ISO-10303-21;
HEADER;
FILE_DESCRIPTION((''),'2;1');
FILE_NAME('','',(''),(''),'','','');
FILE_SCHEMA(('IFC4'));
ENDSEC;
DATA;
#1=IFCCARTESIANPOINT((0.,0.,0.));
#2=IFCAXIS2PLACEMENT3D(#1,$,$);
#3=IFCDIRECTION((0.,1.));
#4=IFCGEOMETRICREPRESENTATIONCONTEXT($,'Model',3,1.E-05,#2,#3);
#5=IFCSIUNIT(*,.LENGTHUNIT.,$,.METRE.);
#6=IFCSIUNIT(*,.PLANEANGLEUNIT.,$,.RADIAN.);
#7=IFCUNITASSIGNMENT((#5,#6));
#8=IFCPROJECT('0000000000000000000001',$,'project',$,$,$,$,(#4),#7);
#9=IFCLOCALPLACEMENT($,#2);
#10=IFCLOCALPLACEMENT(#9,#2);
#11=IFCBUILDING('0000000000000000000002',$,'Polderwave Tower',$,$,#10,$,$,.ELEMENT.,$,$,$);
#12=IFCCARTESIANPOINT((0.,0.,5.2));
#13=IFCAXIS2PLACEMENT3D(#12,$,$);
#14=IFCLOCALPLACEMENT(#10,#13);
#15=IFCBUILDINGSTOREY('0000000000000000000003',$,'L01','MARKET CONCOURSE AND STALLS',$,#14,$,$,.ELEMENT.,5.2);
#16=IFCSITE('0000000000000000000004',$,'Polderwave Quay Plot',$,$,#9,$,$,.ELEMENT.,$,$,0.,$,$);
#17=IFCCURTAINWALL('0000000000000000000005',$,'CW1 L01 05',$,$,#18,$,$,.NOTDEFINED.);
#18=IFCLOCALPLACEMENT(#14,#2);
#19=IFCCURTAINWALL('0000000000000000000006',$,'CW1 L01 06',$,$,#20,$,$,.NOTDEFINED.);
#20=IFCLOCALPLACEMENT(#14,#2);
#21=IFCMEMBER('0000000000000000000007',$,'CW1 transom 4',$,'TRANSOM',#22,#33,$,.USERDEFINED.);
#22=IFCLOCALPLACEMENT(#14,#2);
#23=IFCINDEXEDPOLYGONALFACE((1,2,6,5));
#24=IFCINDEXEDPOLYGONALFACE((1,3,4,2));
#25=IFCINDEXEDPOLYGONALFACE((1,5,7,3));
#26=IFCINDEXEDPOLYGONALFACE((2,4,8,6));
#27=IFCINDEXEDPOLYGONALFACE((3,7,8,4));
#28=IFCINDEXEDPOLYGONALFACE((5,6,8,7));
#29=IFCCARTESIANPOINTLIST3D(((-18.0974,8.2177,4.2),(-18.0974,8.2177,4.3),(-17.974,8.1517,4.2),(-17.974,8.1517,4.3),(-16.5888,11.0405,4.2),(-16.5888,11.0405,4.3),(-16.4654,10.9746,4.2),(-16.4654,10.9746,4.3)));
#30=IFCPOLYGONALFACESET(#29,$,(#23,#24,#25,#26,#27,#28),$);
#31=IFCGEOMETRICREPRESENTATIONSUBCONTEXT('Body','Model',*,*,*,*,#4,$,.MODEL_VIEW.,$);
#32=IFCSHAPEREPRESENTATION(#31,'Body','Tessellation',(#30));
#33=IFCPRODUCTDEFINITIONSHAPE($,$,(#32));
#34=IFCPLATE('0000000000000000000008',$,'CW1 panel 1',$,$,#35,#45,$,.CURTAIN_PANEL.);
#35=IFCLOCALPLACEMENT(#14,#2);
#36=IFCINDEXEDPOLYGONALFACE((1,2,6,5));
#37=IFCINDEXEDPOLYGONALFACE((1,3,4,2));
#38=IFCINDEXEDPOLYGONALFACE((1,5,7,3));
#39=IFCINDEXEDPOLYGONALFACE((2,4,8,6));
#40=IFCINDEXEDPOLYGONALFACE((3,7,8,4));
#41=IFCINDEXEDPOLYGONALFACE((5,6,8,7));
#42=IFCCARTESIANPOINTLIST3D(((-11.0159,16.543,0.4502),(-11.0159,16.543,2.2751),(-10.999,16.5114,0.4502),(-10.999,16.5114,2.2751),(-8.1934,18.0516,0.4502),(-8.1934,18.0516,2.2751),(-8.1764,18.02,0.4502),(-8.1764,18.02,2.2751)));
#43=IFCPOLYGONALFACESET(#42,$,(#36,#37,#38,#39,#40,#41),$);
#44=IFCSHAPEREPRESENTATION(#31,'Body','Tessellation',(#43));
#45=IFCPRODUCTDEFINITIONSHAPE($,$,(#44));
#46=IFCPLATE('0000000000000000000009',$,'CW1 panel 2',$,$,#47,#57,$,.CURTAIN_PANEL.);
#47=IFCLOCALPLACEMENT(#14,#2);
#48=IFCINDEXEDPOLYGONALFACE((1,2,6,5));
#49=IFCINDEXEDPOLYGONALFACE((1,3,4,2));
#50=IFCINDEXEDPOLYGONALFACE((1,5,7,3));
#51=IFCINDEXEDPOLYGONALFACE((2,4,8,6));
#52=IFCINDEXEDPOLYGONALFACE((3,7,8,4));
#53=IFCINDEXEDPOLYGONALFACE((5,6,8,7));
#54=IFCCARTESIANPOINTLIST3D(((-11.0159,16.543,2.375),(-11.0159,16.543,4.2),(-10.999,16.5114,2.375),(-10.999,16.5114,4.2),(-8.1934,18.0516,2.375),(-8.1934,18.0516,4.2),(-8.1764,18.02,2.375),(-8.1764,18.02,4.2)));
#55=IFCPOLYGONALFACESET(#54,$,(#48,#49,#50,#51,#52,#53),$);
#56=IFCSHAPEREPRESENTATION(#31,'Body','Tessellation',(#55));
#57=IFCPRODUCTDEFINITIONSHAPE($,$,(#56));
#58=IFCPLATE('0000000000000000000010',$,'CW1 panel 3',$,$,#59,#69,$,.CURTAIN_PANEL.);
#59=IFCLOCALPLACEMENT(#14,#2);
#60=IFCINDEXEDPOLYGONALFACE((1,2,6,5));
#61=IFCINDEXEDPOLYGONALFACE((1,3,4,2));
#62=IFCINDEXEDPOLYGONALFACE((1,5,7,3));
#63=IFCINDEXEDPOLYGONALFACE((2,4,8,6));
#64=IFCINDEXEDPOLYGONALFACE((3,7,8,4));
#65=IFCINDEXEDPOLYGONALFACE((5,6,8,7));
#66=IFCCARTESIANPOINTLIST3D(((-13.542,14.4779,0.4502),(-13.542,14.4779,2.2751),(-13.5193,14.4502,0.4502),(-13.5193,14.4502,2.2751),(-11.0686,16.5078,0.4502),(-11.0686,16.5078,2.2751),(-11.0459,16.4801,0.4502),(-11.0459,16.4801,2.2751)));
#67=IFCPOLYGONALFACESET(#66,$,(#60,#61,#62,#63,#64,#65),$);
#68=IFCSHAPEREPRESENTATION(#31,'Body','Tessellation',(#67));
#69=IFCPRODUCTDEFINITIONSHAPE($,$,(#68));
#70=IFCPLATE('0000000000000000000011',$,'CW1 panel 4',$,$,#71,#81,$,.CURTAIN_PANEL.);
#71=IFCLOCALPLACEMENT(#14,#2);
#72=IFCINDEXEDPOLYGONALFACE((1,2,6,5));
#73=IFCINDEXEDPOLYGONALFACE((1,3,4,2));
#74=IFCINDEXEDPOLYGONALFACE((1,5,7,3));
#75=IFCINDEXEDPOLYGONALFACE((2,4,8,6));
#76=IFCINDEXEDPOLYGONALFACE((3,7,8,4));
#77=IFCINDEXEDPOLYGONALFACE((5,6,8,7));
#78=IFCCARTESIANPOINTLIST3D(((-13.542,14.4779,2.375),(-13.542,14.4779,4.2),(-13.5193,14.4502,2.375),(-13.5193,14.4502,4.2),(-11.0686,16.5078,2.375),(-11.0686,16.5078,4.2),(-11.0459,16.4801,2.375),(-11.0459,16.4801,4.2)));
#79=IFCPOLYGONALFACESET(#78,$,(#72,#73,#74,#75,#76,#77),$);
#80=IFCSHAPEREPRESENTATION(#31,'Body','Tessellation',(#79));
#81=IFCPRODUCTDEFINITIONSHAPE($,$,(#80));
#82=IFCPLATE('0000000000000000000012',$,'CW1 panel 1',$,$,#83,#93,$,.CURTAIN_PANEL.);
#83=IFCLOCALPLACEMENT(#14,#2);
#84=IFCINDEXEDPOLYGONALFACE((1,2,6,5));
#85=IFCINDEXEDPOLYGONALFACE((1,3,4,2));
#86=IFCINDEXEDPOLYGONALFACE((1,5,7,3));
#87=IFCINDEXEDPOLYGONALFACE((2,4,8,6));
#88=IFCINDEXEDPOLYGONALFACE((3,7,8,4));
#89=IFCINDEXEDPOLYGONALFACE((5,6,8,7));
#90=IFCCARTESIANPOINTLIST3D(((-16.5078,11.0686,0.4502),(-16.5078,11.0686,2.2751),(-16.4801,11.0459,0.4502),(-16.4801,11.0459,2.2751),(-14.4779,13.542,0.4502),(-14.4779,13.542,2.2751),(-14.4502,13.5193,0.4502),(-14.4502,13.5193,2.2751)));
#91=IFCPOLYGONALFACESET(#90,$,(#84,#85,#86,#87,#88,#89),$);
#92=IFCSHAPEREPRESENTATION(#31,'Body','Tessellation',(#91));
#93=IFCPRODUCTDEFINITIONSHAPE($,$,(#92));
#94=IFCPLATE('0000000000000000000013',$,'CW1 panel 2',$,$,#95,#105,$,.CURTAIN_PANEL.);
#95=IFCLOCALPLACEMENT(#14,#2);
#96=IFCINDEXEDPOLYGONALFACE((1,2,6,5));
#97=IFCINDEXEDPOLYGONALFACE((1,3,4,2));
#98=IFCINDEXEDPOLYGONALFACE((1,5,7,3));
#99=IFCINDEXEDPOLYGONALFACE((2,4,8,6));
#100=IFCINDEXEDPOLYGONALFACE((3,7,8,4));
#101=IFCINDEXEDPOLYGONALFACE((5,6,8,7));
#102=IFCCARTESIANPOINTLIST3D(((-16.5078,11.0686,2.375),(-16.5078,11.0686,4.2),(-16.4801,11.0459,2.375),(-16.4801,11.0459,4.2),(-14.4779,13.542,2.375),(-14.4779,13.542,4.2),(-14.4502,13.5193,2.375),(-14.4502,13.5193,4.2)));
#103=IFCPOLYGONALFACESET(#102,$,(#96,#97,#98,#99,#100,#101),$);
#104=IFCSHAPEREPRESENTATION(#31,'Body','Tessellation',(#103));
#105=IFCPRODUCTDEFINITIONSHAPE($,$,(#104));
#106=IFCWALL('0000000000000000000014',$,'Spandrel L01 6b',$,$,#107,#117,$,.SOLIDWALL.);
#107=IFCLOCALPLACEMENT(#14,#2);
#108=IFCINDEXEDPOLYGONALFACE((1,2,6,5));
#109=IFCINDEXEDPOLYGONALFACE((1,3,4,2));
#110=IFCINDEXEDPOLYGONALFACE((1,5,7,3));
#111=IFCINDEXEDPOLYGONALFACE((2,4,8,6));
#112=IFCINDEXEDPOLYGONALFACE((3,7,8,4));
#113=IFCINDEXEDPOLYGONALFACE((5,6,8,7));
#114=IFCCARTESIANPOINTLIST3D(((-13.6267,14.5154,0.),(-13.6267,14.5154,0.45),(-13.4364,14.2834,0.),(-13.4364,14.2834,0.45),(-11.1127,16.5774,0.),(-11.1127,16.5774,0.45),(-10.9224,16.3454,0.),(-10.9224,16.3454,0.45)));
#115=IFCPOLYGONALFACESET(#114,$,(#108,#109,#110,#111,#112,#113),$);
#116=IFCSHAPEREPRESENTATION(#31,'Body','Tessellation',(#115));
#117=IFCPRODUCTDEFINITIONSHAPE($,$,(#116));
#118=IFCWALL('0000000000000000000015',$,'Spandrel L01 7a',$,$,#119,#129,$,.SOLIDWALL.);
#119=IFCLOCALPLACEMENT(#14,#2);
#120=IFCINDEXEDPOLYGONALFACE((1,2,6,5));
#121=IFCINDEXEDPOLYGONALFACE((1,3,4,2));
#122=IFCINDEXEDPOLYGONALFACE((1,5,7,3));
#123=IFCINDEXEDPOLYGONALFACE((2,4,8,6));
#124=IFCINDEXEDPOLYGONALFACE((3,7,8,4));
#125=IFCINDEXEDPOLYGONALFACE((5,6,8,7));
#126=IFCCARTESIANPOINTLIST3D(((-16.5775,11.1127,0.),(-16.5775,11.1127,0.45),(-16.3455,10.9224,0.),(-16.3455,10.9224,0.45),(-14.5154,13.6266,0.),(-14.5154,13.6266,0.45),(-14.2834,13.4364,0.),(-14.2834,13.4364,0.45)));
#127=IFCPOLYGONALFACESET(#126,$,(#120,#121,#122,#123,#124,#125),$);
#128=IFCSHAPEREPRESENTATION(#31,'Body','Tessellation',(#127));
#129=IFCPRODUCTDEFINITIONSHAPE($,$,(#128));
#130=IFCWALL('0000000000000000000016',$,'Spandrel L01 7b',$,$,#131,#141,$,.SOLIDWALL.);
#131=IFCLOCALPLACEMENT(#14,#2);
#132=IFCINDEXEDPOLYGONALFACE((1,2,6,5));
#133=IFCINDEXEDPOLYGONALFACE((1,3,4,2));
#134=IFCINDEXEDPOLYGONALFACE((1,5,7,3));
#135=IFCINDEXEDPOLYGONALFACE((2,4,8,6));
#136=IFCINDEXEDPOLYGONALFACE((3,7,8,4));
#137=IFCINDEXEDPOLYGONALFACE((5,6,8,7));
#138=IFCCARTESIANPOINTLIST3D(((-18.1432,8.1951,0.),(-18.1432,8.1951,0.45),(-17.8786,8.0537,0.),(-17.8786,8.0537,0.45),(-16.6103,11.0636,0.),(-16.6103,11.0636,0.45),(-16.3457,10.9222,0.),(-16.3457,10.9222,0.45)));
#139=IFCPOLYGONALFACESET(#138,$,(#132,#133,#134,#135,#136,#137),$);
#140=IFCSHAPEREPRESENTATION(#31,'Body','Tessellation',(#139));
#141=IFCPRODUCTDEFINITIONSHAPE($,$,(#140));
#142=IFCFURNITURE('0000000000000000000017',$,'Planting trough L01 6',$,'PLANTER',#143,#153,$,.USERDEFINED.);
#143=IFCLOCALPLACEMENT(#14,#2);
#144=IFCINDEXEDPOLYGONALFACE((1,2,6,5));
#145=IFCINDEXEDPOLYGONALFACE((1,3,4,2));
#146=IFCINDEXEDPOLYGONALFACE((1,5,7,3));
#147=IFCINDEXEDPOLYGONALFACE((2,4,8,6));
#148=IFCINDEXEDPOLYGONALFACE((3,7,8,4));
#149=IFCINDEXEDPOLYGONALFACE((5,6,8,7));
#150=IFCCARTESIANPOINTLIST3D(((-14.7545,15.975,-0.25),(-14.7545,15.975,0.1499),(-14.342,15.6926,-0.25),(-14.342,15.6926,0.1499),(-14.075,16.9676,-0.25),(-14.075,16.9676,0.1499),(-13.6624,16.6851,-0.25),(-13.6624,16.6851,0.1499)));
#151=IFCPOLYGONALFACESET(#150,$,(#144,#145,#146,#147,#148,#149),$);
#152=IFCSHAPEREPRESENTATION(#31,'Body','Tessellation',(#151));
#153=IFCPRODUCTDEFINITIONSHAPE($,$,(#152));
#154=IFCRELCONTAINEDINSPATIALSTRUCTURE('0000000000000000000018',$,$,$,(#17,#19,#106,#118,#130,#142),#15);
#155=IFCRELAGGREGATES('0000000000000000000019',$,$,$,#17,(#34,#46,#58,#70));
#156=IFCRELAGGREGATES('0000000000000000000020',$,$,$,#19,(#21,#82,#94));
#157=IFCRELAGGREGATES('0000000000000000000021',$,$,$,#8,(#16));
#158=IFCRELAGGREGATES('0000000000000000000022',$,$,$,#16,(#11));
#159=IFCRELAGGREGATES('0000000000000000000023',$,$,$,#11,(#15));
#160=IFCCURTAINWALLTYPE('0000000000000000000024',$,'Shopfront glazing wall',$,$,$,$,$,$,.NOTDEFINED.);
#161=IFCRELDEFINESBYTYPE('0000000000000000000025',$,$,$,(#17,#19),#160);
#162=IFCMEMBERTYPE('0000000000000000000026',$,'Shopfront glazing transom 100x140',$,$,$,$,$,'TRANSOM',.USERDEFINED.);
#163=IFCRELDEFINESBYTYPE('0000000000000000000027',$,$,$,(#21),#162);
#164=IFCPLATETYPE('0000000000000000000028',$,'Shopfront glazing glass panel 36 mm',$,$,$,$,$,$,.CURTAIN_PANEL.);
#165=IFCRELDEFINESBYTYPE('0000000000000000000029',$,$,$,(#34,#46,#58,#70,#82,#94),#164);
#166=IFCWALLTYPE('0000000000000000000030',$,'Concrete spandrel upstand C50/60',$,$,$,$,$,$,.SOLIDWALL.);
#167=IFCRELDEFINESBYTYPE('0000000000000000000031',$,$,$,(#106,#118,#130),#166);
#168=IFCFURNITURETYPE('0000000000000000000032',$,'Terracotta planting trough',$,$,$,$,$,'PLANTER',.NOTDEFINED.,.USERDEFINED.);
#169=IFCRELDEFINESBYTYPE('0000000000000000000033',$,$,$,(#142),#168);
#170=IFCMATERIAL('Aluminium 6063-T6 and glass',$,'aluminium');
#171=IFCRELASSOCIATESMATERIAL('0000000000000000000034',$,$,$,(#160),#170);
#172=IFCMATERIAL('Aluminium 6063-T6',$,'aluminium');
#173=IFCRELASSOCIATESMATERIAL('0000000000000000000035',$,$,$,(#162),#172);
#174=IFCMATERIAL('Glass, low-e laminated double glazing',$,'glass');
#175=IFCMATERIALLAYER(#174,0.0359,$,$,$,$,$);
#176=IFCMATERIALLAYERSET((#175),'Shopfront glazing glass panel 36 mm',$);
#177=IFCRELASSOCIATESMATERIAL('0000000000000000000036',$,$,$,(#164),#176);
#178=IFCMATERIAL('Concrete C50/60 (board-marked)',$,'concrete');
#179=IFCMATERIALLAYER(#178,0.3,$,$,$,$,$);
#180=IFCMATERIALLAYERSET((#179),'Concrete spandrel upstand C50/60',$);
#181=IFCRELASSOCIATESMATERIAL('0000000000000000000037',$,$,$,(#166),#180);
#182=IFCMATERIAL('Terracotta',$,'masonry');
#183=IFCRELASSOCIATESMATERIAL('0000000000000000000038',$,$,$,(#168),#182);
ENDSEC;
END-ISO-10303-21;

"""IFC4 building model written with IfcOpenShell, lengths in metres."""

from ifc_helpers import new_model, si_unit, direction, frame, frame_2d, origin, origin_2d, place, context, subcontext, project, spatial, rectangle, extrude, material, layer, layer_set, material_profile, profile_set, type_object, element, aggregate, save


model = new_model("IFC4")

# Units and contexts
model_context = context("Model", 3, precision=1e-05, world=origin(), true_north=direction((0.0, 1.0)))
body_context = subcontext(model_context, "Body", "Model", "MODEL_VIEW")
ifc_project = project(units=[si_unit("LENGTHUNIT", "METRE"), si_unit("PLANEANGLEUNIT", "RADIAN")], contexts=[model_context])

# Site, building, storey
site_placement = place(None, origin())
site = spatial("IfcSite", under=ifc_project, at=site_placement, Name="Polderwave Quay Plot", CompositionType="ELEMENT", RefElevation=0.0)
building_placement = place(site_placement, origin())
building = spatial("IfcBuilding", under=site, at=building_placement, Name="Polderwave Tower", CompositionType="ELEMENT")
storey_placement = place(building_placement, frame((0.0, 0.0, 5.2)))
storey = spatial("IfcBuildingStorey", under=building, at=storey_placement, Name="L01", Description="MARKET CONCOURSE AND STALLS", CompositionType="ELEMENT", Elevation=5.2)

# Curtain walls
ifc_material_1 = material(Name="Aluminium 6063-T6 and glass", Category="aluminium")
curtain_wall_type = type_object("IfcCurtainWallType", Name="Shopfront glazing wall", PredefinedType="NOTDEFINED", material=ifc_material_1)
curtain_wall_1_placement = place(storey_placement, origin())
curtain_wall_1 = element("IfcCurtainWall", 1, at=curtain_wall_1_placement, inside=storey, type_object=curtain_wall_type, Name="CW1 L01 05", PredefinedType="NOTDEFINED")
ifc_material_2 = material(Name="Aluminium 6063-T6", Category="aluminium")
curtain_wall_2_placement = place(storey_placement, origin())
curtain_wall_2 = element("IfcCurtainWall", 2, at=curtain_wall_2_placement, inside=storey, type_object=curtain_wall_type, Name="CW1 L01 06", PredefinedType="NOTDEFINED")

# Member
ifc_material_profile_1 = material_profile(ifc_material_2, rectangle(XDim=0.1399, YDim=0.1001, at=origin_2d()), Name="AL 100x140")
ifc_profile_set_1 = profile_set([ifc_material_profile_1], Name="Aluminium 6063-T6")
member_type_1 = type_object("IfcMemberType", Name="Shopfront glazing transom 100x140", ElementType="TRANSOM", PredefinedType="USERDEFINED", material=ifc_profile_set_1)
member_1_placement = place(storey_placement, frame((-16.5271, 11.0076, 4.25), z_axis=(-0.471336, -0.881954, 0.0), x_axis=(0.881954, -0.471336, 0.0)))
member_1 = element("IfcMember", 3, at=member_1_placement, type_object=member_type_1, Name="CW1 transom 4", ObjectType="TRANSOM", PredefinedType="USERDEFINED", context=body_context, shape_type="SweptSolid", body=[
    extrude(rectangle(XDim=0.1399, YDim=0.1001, at=origin_2d()), origin(), (0.0, 0.0, 1.0), 3.2007),
])

# Plates
ifc_material_3 = material(Name="Glass, low-e laminated double glazing", Category="glass")
ifc_layer_1 = layer(ifc_material_3, 0.0359)
ifc_layer_set_1 = layer_set([ifc_layer_1], Name="Shopfront glazing glass panel 36 mm")
plate_type = type_object("IfcPlateType", Name="Shopfront glazing glass panel 36 mm", PredefinedType="CURTAIN_PANEL", material=ifc_layer_set_1)
plate_1_placement = place(storey_placement, frame((-9.5962, 17.2815, 0.4502), z_axis=(0.0, 0.0, 1.0), x_axis=(-0.88194, -0.471361, 0.0)))
plate_1 = element("IfcPlate", 4, at=plate_1_placement, type_object=plate_type, Name="CW1 panel 1", PredefinedType="CURTAIN_PANEL", context=body_context, shape_type="SweptSolid", body=[
    extrude(rectangle(XDim=3.2004, YDim=0.0359, at=origin_2d()), origin(), (0.0, 0.0, 1.0), 1.825),
])
plate_2_placement = place(storey_placement, frame((-9.5962, 17.2815, 2.375), z_axis=(0.0, 0.0, 1.0), x_axis=(-0.88194, -0.471361, 0.0)))
plate_2 = element("IfcPlate", 5, at=plate_2_placement, type_object=plate_type, Name="CW1 panel 2", PredefinedType="CURTAIN_PANEL", context=body_context, shape_type="SweptSolid", body=[
    extrude(rectangle(XDim=3.2004, YDim=0.0359, at=origin_2d()), origin(), (0.0, 0.0, 1.0), 1.825),
])
plate_3_placement = place(storey_placement, frame((-12.2939, 15.479, 0.4502), z_axis=(0.0, 0.0, 1.0), x_axis=(-0.773008, -0.634396, 0.0)))
plate_3 = element("IfcPlate", 6, at=plate_3_placement, type_object=plate_type, Name="CW1 panel 3", PredefinedType="CURTAIN_PANEL", context=body_context, shape_type="SweptSolid", body=[
    extrude(rectangle(XDim=3.1997, YDim=0.0359, at=origin_2d()), origin(), (0.0, 0.0, 1.0), 1.825),
])
plate_4_placement = place(storey_placement, frame((-12.2939, 15.479, 2.375), z_axis=(0.0, 0.0, 1.0), x_axis=(-0.773008, -0.634396, 0.0)))
plate_4 = element("IfcPlate", 7, at=plate_4_placement, type_object=plate_type, Name="CW1 panel 4", PredefinedType="CURTAIN_PANEL", context=body_context, shape_type="SweptSolid", body=[
    extrude(rectangle(XDim=3.1997, YDim=0.0359, at=origin_2d()), origin(), (0.0, 0.0, 1.0), 1.825),
])
aggregate(curtain_wall_1, [plate_1, plate_2, plate_3, plate_4])
plate_5_placement = place(storey_placement, frame((-15.479, 12.2939, 0.4502), z_axis=(0.0, 0.0, 1.0), x_axis=(-0.634396, -0.773008, 0.0)))
plate_5 = element("IfcPlate", 8, at=plate_5_placement, type_object=plate_type, Name="CW1 panel 1", PredefinedType="CURTAIN_PANEL", context=body_context, shape_type="SweptSolid", body=[
    extrude(rectangle(XDim=3.1997, YDim=0.0359, at=origin_2d()), origin(), (0.0, 0.0, 1.0), 1.825),
])
plate_6_placement = place(storey_placement, frame((-15.479, 12.2939, 2.375), z_axis=(0.0, 0.0, 1.0), x_axis=(-0.634396, -0.773008, 0.0)))
plate_6 = element("IfcPlate", 9, at=plate_6_placement, type_object=plate_type, Name="CW1 panel 2", PredefinedType="CURTAIN_PANEL", context=body_context, shape_type="SweptSolid", body=[
    extrude(rectangle(XDim=3.1997, YDim=0.0359, at=origin_2d()), origin(), (0.0, 0.0, 1.0), 1.825),
])
aggregate(curtain_wall_2, [member_1, plate_5, plate_6])

# Walls
ifc_material_4 = material(Name="Concrete C50/60 (board-marked)", Category="concrete")
ifc_layer_2 = layer(ifc_material_4, 0.3)
ifc_layer_set_2 = layer_set([ifc_layer_2], Name="Concrete spandrel upstand C50/60")
wall_type = type_object("IfcWallType", Name="Concrete spandrel upstand C50/60", PredefinedType="SOLIDWALL", material=ifc_layer_set_2)
for number, where, z_axis, x_axis, name in (
    (10, (-11.0176, 16.4614, 0.0), (0.0, 0.0, 1.0), (-0.773177, -0.63419, 0.0), "Spandrel L01 6b"),
    (11, (-14.3994, 13.5315, 0.0), (0.0, 0.0, 1.0), (-0.63419, -0.773177, 0.0), "Spandrel L01 7a"),
):
    element("IfcWall", number, at=place(storey_placement, frame(where, z_axis=z_axis, x_axis=x_axis)), inside=storey, type_object=wall_type, Name=name, PredefinedType="SOLIDWALL", context=body_context, shape_type="SweptSolid", body=[
        extrude(rectangle(XDim=3.2515, YDim=0.3, at=frame_2d((1.6257, 0.0))), origin(), (0.0, 0.0, 1.0), 0.45),
    ])
wall_placement = place(storey_placement, frame((-16.478, 10.9929, 0.0), z_axis=(0.0, 0.0, 1.0), x_axis=(-0.471309, -0.881968, 0.0)))
element("IfcWall", 12, at=wall_placement, inside=storey, type_object=wall_type, Name="Spandrel L01 7b", PredefinedType="SOLIDWALL", context=body_context, shape_type="SweptSolid", body=[
    extrude(rectangle(XDim=3.2524, YDim=0.3, at=frame_2d((1.6262, 0.0))), origin(), (0.0, 0.0, 1.0), 0.45),
])

# Furniture
ifc_material_5 = material(Name="Terracotta", Category="masonry")
furniture_type = type_object("IfcFurnitureType", Name="Terracotta planting trough", ElementType="PLANTER", AssemblyPlace="NOTDEFINED", PredefinedType="USERDEFINED", material=ifc_material_5)
furniture_placement = place(storey_placement, frame((-14.2085, 16.3301, -0.25), z_axis=(0.0, 0.0, 1.0), x_axis=(-0.564922, -0.825144, 0.0)))
element("IfcFurniture", 13, at=furniture_placement, inside=storey, type_object=furniture_type, Name="Planting trough L01 6", ObjectType="PLANTER", PredefinedType="USERDEFINED", context=body_context, shape_type="SweptSolid", body=[
    extrude(rectangle(XDim=1.2029, YDim=0.5, at=origin_2d()), origin(), (0.0, 0.0, 1.0), 0.3999),
])

save(model, "model.ifc")
